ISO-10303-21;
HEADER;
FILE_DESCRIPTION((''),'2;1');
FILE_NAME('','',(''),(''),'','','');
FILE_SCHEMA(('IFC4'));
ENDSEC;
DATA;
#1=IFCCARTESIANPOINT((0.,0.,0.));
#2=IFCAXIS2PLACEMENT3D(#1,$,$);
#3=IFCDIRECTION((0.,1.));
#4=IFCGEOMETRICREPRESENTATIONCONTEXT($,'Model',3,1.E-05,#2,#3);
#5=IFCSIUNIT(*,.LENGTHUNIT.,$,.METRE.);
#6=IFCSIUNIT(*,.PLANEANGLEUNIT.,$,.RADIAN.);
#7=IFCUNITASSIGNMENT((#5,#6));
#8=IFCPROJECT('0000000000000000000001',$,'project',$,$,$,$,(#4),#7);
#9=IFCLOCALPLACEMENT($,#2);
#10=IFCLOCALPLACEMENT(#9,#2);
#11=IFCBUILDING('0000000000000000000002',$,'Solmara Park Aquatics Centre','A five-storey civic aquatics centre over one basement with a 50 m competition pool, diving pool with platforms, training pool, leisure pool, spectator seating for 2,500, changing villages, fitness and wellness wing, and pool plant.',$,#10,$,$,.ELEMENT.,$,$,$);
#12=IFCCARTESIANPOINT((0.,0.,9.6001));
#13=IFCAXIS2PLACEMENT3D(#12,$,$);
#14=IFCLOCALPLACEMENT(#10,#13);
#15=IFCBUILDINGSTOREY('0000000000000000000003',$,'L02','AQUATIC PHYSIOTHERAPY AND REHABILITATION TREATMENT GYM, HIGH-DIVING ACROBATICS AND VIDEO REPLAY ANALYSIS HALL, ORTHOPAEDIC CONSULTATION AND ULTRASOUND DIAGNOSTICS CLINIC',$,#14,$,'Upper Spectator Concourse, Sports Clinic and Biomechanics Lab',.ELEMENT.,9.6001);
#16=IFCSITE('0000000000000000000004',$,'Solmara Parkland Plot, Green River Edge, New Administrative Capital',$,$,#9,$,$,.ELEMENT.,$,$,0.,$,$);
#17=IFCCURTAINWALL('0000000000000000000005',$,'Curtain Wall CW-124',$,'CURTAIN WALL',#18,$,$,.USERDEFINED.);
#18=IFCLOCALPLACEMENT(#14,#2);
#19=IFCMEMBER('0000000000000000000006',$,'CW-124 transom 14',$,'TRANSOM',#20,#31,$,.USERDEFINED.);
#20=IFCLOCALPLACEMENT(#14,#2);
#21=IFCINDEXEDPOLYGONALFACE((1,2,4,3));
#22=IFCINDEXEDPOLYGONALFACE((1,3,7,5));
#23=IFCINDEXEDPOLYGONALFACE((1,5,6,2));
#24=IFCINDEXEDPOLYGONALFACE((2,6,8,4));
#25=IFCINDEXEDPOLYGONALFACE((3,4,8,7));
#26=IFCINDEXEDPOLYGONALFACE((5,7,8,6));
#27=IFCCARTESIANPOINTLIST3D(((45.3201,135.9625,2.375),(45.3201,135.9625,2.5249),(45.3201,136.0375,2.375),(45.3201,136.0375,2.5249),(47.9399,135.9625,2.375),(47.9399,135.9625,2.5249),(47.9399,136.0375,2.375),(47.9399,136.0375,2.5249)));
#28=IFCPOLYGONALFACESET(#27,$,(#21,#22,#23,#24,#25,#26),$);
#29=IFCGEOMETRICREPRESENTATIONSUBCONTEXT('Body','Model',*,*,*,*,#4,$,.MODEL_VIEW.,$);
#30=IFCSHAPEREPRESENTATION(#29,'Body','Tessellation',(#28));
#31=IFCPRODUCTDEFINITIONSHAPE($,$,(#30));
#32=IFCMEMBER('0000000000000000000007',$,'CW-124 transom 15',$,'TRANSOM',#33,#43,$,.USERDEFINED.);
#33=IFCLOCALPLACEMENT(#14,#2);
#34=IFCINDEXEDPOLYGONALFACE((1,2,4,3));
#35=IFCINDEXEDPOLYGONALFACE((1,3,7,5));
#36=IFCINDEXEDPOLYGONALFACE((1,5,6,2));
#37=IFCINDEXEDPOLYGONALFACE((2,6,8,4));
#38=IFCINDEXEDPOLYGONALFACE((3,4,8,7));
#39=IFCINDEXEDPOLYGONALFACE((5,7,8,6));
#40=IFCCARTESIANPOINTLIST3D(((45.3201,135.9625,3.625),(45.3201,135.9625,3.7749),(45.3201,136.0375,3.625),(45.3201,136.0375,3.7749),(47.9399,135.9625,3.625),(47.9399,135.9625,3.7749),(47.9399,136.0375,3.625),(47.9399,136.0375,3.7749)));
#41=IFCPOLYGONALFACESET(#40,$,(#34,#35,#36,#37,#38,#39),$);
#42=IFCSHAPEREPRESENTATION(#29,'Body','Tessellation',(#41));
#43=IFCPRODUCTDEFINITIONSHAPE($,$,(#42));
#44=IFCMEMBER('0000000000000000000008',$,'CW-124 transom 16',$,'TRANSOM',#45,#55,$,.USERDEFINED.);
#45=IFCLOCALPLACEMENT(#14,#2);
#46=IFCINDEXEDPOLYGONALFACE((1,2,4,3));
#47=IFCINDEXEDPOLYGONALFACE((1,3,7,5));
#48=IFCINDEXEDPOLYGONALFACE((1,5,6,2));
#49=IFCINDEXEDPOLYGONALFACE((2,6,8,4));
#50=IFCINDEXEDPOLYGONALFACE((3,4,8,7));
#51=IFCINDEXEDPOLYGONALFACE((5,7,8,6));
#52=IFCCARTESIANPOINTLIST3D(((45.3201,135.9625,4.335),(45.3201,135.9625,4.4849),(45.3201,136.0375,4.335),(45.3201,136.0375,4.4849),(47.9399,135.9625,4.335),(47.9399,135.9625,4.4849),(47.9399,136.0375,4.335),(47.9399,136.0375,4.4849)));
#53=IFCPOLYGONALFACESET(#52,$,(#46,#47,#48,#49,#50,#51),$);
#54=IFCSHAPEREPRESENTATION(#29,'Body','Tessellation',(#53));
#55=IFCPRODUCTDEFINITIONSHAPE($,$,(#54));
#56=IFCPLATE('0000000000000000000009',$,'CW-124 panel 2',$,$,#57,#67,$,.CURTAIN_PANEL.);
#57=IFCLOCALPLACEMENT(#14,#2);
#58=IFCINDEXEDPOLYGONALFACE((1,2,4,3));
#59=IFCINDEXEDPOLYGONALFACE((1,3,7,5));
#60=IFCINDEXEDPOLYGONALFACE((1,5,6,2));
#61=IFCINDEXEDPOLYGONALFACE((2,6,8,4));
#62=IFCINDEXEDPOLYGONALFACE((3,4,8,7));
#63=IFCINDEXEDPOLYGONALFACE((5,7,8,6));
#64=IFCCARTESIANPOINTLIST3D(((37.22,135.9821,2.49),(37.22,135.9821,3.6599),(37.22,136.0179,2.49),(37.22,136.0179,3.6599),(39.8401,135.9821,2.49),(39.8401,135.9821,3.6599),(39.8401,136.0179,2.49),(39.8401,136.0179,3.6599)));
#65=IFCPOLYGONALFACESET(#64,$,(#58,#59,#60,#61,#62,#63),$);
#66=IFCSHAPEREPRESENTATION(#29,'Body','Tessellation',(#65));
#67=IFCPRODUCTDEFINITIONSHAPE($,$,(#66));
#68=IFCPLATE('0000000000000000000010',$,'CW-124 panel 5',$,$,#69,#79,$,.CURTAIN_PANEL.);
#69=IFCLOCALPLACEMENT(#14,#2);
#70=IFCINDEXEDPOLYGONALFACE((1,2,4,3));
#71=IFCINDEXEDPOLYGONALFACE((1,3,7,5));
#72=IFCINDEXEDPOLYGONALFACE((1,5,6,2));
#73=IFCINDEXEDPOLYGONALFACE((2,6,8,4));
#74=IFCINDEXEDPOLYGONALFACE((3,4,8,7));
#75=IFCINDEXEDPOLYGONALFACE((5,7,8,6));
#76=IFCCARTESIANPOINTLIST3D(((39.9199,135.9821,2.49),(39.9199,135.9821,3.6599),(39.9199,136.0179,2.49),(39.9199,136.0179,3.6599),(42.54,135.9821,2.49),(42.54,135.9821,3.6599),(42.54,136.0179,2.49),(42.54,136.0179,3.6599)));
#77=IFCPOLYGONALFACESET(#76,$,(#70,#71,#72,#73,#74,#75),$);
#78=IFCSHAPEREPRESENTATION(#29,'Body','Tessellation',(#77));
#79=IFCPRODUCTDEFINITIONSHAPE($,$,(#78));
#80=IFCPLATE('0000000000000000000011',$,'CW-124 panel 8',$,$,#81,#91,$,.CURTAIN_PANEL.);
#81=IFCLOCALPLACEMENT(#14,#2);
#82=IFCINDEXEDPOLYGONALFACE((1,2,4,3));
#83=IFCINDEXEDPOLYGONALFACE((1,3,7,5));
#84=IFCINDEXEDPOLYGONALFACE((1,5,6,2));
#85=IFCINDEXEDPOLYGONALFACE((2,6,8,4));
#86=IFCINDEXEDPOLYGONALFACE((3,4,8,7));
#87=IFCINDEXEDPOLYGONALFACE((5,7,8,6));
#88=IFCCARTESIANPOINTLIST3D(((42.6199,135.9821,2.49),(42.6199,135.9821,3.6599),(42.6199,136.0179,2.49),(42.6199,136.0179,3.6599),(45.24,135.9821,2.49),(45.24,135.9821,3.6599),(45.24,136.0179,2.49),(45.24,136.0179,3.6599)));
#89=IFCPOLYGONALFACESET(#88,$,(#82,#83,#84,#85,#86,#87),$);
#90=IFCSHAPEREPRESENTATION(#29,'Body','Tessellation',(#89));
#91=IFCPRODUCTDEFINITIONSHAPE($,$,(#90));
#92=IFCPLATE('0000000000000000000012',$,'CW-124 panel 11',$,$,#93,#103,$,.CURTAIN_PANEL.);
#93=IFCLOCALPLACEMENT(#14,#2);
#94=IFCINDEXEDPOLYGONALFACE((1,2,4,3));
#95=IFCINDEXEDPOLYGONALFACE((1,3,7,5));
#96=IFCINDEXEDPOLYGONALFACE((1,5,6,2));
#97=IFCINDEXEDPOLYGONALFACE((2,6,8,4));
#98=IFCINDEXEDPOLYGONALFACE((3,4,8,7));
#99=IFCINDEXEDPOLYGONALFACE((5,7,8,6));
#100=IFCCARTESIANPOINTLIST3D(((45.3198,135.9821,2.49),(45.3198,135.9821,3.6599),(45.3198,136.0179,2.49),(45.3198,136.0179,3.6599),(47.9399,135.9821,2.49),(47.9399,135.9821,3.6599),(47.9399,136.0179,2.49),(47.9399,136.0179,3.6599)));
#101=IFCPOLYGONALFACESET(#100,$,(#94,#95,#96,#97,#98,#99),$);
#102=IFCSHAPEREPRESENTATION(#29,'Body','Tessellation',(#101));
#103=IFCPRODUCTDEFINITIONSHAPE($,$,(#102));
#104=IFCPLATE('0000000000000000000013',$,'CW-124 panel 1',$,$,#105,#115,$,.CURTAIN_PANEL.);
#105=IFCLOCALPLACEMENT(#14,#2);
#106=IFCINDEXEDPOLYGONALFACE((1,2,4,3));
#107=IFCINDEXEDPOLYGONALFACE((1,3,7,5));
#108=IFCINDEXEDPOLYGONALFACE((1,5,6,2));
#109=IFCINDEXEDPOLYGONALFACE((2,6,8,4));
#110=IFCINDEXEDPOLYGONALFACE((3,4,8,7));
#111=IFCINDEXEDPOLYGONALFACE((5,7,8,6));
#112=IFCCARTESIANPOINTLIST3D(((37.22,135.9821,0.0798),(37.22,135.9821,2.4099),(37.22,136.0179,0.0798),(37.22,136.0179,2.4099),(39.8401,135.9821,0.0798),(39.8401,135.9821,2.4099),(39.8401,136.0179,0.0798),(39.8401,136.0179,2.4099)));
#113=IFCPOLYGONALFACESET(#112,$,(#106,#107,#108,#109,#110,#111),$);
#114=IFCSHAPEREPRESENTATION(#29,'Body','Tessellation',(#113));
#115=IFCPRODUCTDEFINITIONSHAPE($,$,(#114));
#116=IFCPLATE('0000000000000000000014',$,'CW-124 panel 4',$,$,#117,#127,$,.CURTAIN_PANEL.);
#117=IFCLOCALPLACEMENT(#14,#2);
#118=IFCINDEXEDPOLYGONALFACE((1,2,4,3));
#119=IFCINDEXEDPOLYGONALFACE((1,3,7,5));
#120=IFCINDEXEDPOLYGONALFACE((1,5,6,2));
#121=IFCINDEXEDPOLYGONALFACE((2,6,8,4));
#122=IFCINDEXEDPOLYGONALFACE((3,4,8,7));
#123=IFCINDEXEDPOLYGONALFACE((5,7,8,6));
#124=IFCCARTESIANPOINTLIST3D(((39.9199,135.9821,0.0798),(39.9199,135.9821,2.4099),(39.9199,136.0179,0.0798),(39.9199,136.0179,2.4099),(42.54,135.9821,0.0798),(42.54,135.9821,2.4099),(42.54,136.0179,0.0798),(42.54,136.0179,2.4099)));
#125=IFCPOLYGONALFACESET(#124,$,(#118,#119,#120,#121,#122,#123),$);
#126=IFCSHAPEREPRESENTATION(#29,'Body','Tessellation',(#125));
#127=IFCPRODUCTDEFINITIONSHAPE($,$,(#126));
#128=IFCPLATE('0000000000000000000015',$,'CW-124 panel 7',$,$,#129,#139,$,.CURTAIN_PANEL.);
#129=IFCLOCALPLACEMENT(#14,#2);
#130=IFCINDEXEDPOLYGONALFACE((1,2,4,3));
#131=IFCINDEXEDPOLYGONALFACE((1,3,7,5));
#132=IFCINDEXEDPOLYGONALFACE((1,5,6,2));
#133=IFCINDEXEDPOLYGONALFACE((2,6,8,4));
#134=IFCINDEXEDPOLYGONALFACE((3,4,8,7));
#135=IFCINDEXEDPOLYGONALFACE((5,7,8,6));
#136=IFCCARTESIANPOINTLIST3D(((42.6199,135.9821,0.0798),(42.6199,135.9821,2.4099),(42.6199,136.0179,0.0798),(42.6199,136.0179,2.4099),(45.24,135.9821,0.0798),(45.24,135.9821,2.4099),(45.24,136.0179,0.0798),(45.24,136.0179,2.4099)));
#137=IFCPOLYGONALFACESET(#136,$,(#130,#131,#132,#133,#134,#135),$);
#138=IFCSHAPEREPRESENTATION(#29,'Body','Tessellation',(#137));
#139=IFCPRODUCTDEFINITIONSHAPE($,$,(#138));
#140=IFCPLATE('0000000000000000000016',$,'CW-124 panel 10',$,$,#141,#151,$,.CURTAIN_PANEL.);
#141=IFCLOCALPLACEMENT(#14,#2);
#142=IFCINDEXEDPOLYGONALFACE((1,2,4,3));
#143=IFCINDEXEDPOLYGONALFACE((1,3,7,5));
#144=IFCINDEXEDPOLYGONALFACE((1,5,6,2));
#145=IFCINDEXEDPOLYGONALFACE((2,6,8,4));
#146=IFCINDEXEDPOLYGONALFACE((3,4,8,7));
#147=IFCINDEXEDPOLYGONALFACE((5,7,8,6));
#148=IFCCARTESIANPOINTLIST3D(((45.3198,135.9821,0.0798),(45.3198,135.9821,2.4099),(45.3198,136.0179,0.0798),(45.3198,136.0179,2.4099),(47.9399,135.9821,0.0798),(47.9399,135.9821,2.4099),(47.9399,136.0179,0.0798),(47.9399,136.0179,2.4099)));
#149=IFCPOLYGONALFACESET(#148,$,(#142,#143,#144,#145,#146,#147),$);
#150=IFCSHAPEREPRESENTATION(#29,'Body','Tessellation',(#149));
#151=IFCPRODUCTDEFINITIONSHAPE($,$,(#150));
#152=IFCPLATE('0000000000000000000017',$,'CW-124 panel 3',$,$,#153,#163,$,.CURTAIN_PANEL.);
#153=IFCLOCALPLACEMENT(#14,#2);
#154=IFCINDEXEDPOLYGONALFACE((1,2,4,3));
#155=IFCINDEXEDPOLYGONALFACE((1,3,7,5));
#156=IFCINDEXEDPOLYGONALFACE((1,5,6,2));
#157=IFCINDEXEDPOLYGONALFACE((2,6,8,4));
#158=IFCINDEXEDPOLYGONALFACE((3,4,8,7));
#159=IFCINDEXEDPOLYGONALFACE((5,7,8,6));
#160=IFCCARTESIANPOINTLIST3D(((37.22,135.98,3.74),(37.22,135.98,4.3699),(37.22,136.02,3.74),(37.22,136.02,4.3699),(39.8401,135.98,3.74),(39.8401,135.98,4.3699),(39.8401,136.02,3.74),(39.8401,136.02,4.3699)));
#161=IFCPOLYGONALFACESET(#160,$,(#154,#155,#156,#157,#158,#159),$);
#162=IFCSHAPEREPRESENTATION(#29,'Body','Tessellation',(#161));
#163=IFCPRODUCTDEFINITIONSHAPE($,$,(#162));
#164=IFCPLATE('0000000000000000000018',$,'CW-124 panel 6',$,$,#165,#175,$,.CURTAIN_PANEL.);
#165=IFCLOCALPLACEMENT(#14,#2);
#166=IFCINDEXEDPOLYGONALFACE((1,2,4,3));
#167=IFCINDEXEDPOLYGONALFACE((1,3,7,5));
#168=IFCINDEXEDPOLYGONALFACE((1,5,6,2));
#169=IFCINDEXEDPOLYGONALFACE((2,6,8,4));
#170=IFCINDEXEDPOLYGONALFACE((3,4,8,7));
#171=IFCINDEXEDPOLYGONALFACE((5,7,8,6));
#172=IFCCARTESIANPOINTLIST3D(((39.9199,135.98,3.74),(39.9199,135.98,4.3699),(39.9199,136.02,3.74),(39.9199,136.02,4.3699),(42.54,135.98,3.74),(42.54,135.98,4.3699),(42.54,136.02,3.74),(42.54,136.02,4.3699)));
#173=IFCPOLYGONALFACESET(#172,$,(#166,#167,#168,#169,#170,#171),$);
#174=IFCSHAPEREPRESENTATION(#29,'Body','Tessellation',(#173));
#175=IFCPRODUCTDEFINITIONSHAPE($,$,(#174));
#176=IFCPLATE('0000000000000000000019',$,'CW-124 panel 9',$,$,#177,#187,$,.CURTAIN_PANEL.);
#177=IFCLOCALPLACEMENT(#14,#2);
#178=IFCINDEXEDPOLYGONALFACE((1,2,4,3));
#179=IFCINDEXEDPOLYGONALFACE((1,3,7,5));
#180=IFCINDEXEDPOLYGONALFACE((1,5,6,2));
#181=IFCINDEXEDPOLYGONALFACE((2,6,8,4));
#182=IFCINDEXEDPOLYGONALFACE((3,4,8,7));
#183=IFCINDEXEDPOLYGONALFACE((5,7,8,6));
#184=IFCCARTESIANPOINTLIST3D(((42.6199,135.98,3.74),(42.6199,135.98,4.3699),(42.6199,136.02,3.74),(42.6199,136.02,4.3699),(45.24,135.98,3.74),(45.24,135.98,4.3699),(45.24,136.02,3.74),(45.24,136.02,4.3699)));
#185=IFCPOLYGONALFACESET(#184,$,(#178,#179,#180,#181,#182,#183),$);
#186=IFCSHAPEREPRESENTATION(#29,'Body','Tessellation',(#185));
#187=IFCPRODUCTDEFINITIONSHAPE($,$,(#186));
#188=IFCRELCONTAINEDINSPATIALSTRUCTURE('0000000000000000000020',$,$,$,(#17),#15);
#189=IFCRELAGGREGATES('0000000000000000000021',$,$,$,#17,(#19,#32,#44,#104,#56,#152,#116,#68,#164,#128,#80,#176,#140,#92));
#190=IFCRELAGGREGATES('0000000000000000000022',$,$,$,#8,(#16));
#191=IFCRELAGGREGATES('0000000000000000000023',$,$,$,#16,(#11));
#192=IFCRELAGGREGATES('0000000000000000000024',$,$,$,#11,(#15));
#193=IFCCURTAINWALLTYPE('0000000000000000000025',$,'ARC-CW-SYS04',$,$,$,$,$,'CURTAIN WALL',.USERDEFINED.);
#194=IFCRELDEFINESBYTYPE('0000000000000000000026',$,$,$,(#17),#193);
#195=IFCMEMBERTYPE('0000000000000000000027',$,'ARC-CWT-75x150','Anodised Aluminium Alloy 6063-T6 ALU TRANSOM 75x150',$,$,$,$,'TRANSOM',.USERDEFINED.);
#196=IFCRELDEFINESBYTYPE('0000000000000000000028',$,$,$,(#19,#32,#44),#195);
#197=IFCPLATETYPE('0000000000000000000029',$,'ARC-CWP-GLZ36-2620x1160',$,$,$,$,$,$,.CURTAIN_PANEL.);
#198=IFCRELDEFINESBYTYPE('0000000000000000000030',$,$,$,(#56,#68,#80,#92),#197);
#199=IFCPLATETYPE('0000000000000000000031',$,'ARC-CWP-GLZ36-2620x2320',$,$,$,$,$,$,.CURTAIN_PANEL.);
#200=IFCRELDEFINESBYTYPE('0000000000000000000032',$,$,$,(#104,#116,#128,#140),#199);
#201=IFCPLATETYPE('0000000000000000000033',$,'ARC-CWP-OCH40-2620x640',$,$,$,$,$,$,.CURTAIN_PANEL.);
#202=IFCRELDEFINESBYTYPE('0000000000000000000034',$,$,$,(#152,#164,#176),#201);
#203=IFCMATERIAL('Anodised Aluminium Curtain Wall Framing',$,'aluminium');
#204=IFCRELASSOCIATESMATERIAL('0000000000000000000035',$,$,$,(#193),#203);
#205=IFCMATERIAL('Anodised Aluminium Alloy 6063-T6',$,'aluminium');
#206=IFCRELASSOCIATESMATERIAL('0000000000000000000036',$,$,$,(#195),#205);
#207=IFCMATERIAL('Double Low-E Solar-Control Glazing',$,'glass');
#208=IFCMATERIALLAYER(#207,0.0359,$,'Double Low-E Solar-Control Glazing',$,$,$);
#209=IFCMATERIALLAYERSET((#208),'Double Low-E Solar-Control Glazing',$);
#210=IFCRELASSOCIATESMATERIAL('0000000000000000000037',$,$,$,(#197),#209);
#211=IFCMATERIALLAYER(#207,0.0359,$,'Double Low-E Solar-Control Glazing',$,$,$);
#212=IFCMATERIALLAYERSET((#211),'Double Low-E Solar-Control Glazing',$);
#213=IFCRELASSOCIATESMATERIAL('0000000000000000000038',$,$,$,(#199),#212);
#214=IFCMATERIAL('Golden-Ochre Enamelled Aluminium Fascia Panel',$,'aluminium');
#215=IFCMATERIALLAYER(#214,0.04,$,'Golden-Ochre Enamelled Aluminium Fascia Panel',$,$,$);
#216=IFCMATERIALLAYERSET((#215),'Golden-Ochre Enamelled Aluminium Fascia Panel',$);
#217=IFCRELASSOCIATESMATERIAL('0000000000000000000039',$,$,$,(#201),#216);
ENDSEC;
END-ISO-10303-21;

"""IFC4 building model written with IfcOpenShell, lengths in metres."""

from ifc_helpers import new_model, si_unit, direction, frame, origin, origin_2d, place, context, subcontext, project, spatial, rectangle, extrude, material, layer, layer_set, material_profile, profile_set, type_object, element, aggregate, save


model = new_model("IFC4")

# Units and contexts
model_context = context("Model", 3, precision=1e-05, world=origin(), true_north=direction((0.0, 1.0)))
body_context = subcontext(model_context, "Body", "Model", "MODEL_VIEW")
ifc_project = project(units=[si_unit("LENGTHUNIT", "METRE"), si_unit("PLANEANGLEUNIT", "RADIAN")], contexts=[model_context])

# Site, building, storey
site_placement = place(None, origin())
site = spatial("IfcSite", under=ifc_project, at=site_placement, Name="Solmara Parkland Plot, Green River Edge, New Administrative Capital", CompositionType="ELEMENT", RefElevation=0.0)
building_placement = place(site_placement, origin())
building = spatial("IfcBuilding", under=site, at=building_placement, Name="Solmara Park Aquatics Centre", Description="A five-storey civic aquatics centre over one basement with a 50 m competition pool, diving pool with platforms, training pool, leisure pool, spectator seating for 2,500, changing villages, fitness and wellness wing, and pool plant.", CompositionType="ELEMENT")
storey_placement = place(building_placement, frame((0.0, 0.0, 9.6001)))
storey = spatial("IfcBuildingStorey", under=building, at=storey_placement, Name="L02", Description="AQUATIC PHYSIOTHERAPY AND REHABILITATION TREATMENT GYM, HIGH-DIVING ACROBATICS AND VIDEO REPLAY ANALYSIS HALL, ORTHOPAEDIC CONSULTATION AND ULTRASOUND DIAGNOSTICS CLINIC", LongName="Upper Spectator Concourse, Sports Clinic and Biomechanics Lab", CompositionType="ELEMENT", Elevation=9.6001)

# Curtain wall, members, plates
ifc_material_1 = material(Name="Anodised Aluminium Curtain Wall Framing", Category="aluminium")
curtain_wall_type = type_object("IfcCurtainWallType", Name="ARC-CW-SYS04", ElementType="CURTAIN WALL", PredefinedType="USERDEFINED", material=ifc_material_1)
curtain_wall_placement = place(storey_placement, origin())
curtain_wall = element("IfcCurtainWall", 1, at=curtain_wall_placement, inside=storey, type_object=curtain_wall_type, Name="Curtain Wall CW-124", ObjectType="CURTAIN WALL", PredefinedType="USERDEFINED")
ifc_material_2 = material(Name="Anodised Aluminium Alloy 6063-T6", Category="aluminium")
ifc_material_profile_1 = material_profile(ifc_material_2, rectangle(XDim=0.075, YDim=0.1499, at=origin_2d()), Name="ALU TRANSOM 75x150")
ifc_profile_set_1 = profile_set([ifc_material_profile_1], Name="Anodised Aluminium Alloy 6063-T6")
member_type_1 = type_object("IfcMemberType", Name="ARC-CWT-75x150", Description="Anodised Aluminium Alloy 6063-T6 ALU TRANSOM 75x150", ElementType="TRANSOM", PredefinedType="USERDEFINED", material=ifc_profile_set_1)
member_1_placement = place(storey_placement, frame((45.3201, 136.0, 2.45), z_axis=(1.0, 0.0, 0.0), x_axis=(0.0, 1.0, 0.0)))
member_1 = element("IfcMember", 2, at=member_1_placement, type_object=member_type_1, Name="CW-124 transom 14", ObjectType="TRANSOM", PredefinedType="USERDEFINED", context=body_context, shape_type="SweptSolid", body=[
    extrude(rectangle(XDim=0.075, YDim=0.1499, at=origin_2d()), origin(), (0.0, 0.0, 1.0), 2.6199),
])
member_2_placement = place(storey_placement, frame((45.3201, 136.0, 3.7), z_axis=(1.0, 0.0, 0.0), x_axis=(0.0, 1.0, 0.0)))
member_2 = element("IfcMember", 3, at=member_2_placement, type_object=member_type_1, Name="CW-124 transom 15", ObjectType="TRANSOM", PredefinedType="USERDEFINED", context=body_context, shape_type="SweptSolid", body=[
    extrude(rectangle(XDim=0.075, YDim=0.1499, at=origin_2d()), origin(), (0.0, 0.0, 1.0), 2.6199),
])
member_3_placement = place(storey_placement, frame((45.3201, 136.0, 4.4099), z_axis=(1.0, 0.0, 0.0), x_axis=(0.0, 1.0, 0.0)))
member_3 = element("IfcMember", 4, at=member_3_placement, type_object=member_type_1, Name="CW-124 transom 16", ObjectType="TRANSOM", PredefinedType="USERDEFINED", context=body_context, shape_type="SweptSolid", body=[
    extrude(rectangle(XDim=0.075, YDim=0.1499, at=origin_2d()), origin(), (0.0, 0.0, 1.0), 2.6199),
])
ifc_material_3 = material(Name="Double Low-E Solar-Control Glazing", Category="glass")
ifc_layer_1 = layer(ifc_material_3, 0.0359, Name="Double Low-E Solar-Control Glazing")
ifc_layer_set_1 = layer_set([ifc_layer_1], Name="Double Low-E Solar-Control Glazing")
plate_type_1 = type_object("IfcPlateType", Name="ARC-CWP-GLZ36-2620x1160", PredefinedType="CURTAIN_PANEL", material=ifc_layer_set_1)
plate_1_placement = place(storey_placement, frame((38.53, 136.0, 2.49), z_axis=(0.0, 0.0, 1.0), x_axis=(1.0, 0.0, 0.0)))
plate_1 = element("IfcPlate", 5, at=plate_1_placement, type_object=plate_type_1, Name="CW-124 panel 2", PredefinedType="CURTAIN_PANEL", context=body_context, shape_type="SweptSolid", body=[
    extrude(rectangle(XDim=2.6201, YDim=0.0359, at=origin_2d()), origin(), (0.0, 0.0, 1.0), 1.1699),
])
plate_2_placement = place(storey_placement, frame((41.23, 136.0, 2.49), z_axis=(0.0, 0.0, 1.0), x_axis=(1.0, 0.0, 0.0)))
plate_2 = element("IfcPlate", 6, at=plate_2_placement, type_object=plate_type_1, Name="CW-124 panel 5", PredefinedType="CURTAIN_PANEL", context=body_context, shape_type="SweptSolid", body=[
    extrude(rectangle(XDim=2.6201, YDim=0.0359, at=origin_2d()), origin(), (0.0, 0.0, 1.0), 1.1699),
])
plate_3_placement = place(storey_placement, frame((43.9299, 136.0, 2.49), z_axis=(0.0, 0.0, 1.0), x_axis=(1.0, 0.0, 0.0)))
plate_3 = element("IfcPlate", 7, at=plate_3_placement, type_object=plate_type_1, Name="CW-124 panel 8", PredefinedType="CURTAIN_PANEL", context=body_context, shape_type="SweptSolid", body=[
    extrude(rectangle(XDim=2.6201, YDim=0.0359, at=origin_2d()), origin(), (0.0, 0.0, 1.0), 1.1699),
])
plate_4_placement = place(storey_placement, frame((46.6299, 136.0, 2.49), z_axis=(0.0, 0.0, 1.0), x_axis=(1.0, 0.0, 0.0)))
plate_4 = element("IfcPlate", 8, at=plate_4_placement, type_object=plate_type_1, Name="CW-124 panel 11", PredefinedType="CURTAIN_PANEL", context=body_context, shape_type="SweptSolid", body=[
    extrude(rectangle(XDim=2.6201, YDim=0.0359, at=origin_2d()), origin(), (0.0, 0.0, 1.0), 1.1699),
])
ifc_layer_2 = layer(ifc_material_3, 0.0359, Name="Double Low-E Solar-Control Glazing")
ifc_layer_set_2 = layer_set([ifc_layer_2], Name="Double Low-E Solar-Control Glazing")
plate_type_2 = type_object("IfcPlateType", Name="ARC-CWP-GLZ36-2620x2320", PredefinedType="CURTAIN_PANEL", material=ifc_layer_set_2)
plate_5_placement = place(storey_placement, frame((38.53, 136.0, 0.0798), z_axis=(0.0, 0.0, 1.0), x_axis=(1.0, 0.0, 0.0)))
plate_5 = element("IfcPlate", 9, at=plate_5_placement, type_object=plate_type_2, Name="CW-124 panel 1", PredefinedType="CURTAIN_PANEL", context=body_context, shape_type="SweptSolid", body=[
    extrude(rectangle(XDim=2.6201, YDim=0.0359, at=origin_2d()), origin(), (0.0, 0.0, 1.0), 2.3301),
])
plate_6_placement = place(storey_placement, frame((41.23, 136.0, 0.0798), z_axis=(0.0, 0.0, 1.0), x_axis=(1.0, 0.0, 0.0)))
plate_6 = element("IfcPlate", 10, at=plate_6_placement, type_object=plate_type_2, Name="CW-124 panel 4", PredefinedType="CURTAIN_PANEL", context=body_context, shape_type="SweptSolid", body=[
    extrude(rectangle(XDim=2.6201, YDim=0.0359, at=origin_2d()), origin(), (0.0, 0.0, 1.0), 2.3301),
])
plate_7_placement = place(storey_placement, frame((43.9299, 136.0, 0.0798), z_axis=(0.0, 0.0, 1.0), x_axis=(1.0, 0.0, 0.0)))
plate_7 = element("IfcPlate", 11, at=plate_7_placement, type_object=plate_type_2, Name="CW-124 panel 7", PredefinedType="CURTAIN_PANEL", context=body_context, shape_type="SweptSolid", body=[
    extrude(rectangle(XDim=2.6201, YDim=0.0359, at=origin_2d()), origin(), (0.0, 0.0, 1.0), 2.3301),
])
plate_8_placement = place(storey_placement, frame((46.6299, 136.0, 0.0798), z_axis=(0.0, 0.0, 1.0), x_axis=(1.0, 0.0, 0.0)))
plate_8 = element("IfcPlate", 12, at=plate_8_placement, type_object=plate_type_2, Name="CW-124 panel 10", PredefinedType="CURTAIN_PANEL", context=body_context, shape_type="SweptSolid", body=[
    extrude(rectangle(XDim=2.6201, YDim=0.0359, at=origin_2d()), origin(), (0.0, 0.0, 1.0), 2.3301),
])
ifc_material_4 = material(Name="Golden-Ochre Enamelled Aluminium Fascia Panel", Category="aluminium")
ifc_layer_3 = layer(ifc_material_4, 0.04, Name="Golden-Ochre Enamelled Aluminium Fascia Panel")
ifc_layer_set_3 = layer_set([ifc_layer_3], Name="Golden-Ochre Enamelled Aluminium Fascia Panel")
plate_type_3 = type_object("IfcPlateType", Name="ARC-CWP-OCH40-2620x640", PredefinedType="CURTAIN_PANEL", material=ifc_layer_set_3)
plate_9_placement = place(storey_placement, frame((38.53, 136.0, 3.74), z_axis=(0.0, 0.0, 1.0), x_axis=(1.0, 0.0, 0.0)))
plate_9 = element("IfcPlate", 13, at=plate_9_placement, type_object=plate_type_3, Name="CW-124 panel 3", PredefinedType="CURTAIN_PANEL", context=body_context, shape_type="SweptSolid", body=[
    extrude(rectangle(XDim=2.6201, YDim=0.04, at=origin_2d()), origin(), (0.0, 0.0, 1.0), 0.6299),
])
plate_10_placement = place(storey_placement, frame((41.23, 136.0, 3.74), z_axis=(0.0, 0.0, 1.0), x_axis=(1.0, 0.0, 0.0)))
plate_10 = element("IfcPlate", 14, at=plate_10_placement, type_object=plate_type_3, Name="CW-124 panel 6", PredefinedType="CURTAIN_PANEL", context=body_context, shape_type="SweptSolid", body=[
    extrude(rectangle(XDim=2.6201, YDim=0.04, at=origin_2d()), origin(), (0.0, 0.0, 1.0), 0.6299),
])
plate_11_placement = place(storey_placement, frame((43.9299, 136.0, 3.74), z_axis=(0.0, 0.0, 1.0), x_axis=(1.0, 0.0, 0.0)))
plate_11 = element("IfcPlate", 15, at=plate_11_placement, type_object=plate_type_3, Name="CW-124 panel 9", PredefinedType="CURTAIN_PANEL", context=body_context, shape_type="SweptSolid", body=[
    extrude(rectangle(XDim=2.6201, YDim=0.04, at=origin_2d()), origin(), (0.0, 0.0, 1.0), 0.6299),
])
aggregate(curtain_wall, [member_1, member_2, member_3, plate_5, plate_1, plate_9, plate_6, plate_2, plate_10, plate_7, plate_3, plate_11, plate_8, plate_4])

save(model, "model.ifc")
